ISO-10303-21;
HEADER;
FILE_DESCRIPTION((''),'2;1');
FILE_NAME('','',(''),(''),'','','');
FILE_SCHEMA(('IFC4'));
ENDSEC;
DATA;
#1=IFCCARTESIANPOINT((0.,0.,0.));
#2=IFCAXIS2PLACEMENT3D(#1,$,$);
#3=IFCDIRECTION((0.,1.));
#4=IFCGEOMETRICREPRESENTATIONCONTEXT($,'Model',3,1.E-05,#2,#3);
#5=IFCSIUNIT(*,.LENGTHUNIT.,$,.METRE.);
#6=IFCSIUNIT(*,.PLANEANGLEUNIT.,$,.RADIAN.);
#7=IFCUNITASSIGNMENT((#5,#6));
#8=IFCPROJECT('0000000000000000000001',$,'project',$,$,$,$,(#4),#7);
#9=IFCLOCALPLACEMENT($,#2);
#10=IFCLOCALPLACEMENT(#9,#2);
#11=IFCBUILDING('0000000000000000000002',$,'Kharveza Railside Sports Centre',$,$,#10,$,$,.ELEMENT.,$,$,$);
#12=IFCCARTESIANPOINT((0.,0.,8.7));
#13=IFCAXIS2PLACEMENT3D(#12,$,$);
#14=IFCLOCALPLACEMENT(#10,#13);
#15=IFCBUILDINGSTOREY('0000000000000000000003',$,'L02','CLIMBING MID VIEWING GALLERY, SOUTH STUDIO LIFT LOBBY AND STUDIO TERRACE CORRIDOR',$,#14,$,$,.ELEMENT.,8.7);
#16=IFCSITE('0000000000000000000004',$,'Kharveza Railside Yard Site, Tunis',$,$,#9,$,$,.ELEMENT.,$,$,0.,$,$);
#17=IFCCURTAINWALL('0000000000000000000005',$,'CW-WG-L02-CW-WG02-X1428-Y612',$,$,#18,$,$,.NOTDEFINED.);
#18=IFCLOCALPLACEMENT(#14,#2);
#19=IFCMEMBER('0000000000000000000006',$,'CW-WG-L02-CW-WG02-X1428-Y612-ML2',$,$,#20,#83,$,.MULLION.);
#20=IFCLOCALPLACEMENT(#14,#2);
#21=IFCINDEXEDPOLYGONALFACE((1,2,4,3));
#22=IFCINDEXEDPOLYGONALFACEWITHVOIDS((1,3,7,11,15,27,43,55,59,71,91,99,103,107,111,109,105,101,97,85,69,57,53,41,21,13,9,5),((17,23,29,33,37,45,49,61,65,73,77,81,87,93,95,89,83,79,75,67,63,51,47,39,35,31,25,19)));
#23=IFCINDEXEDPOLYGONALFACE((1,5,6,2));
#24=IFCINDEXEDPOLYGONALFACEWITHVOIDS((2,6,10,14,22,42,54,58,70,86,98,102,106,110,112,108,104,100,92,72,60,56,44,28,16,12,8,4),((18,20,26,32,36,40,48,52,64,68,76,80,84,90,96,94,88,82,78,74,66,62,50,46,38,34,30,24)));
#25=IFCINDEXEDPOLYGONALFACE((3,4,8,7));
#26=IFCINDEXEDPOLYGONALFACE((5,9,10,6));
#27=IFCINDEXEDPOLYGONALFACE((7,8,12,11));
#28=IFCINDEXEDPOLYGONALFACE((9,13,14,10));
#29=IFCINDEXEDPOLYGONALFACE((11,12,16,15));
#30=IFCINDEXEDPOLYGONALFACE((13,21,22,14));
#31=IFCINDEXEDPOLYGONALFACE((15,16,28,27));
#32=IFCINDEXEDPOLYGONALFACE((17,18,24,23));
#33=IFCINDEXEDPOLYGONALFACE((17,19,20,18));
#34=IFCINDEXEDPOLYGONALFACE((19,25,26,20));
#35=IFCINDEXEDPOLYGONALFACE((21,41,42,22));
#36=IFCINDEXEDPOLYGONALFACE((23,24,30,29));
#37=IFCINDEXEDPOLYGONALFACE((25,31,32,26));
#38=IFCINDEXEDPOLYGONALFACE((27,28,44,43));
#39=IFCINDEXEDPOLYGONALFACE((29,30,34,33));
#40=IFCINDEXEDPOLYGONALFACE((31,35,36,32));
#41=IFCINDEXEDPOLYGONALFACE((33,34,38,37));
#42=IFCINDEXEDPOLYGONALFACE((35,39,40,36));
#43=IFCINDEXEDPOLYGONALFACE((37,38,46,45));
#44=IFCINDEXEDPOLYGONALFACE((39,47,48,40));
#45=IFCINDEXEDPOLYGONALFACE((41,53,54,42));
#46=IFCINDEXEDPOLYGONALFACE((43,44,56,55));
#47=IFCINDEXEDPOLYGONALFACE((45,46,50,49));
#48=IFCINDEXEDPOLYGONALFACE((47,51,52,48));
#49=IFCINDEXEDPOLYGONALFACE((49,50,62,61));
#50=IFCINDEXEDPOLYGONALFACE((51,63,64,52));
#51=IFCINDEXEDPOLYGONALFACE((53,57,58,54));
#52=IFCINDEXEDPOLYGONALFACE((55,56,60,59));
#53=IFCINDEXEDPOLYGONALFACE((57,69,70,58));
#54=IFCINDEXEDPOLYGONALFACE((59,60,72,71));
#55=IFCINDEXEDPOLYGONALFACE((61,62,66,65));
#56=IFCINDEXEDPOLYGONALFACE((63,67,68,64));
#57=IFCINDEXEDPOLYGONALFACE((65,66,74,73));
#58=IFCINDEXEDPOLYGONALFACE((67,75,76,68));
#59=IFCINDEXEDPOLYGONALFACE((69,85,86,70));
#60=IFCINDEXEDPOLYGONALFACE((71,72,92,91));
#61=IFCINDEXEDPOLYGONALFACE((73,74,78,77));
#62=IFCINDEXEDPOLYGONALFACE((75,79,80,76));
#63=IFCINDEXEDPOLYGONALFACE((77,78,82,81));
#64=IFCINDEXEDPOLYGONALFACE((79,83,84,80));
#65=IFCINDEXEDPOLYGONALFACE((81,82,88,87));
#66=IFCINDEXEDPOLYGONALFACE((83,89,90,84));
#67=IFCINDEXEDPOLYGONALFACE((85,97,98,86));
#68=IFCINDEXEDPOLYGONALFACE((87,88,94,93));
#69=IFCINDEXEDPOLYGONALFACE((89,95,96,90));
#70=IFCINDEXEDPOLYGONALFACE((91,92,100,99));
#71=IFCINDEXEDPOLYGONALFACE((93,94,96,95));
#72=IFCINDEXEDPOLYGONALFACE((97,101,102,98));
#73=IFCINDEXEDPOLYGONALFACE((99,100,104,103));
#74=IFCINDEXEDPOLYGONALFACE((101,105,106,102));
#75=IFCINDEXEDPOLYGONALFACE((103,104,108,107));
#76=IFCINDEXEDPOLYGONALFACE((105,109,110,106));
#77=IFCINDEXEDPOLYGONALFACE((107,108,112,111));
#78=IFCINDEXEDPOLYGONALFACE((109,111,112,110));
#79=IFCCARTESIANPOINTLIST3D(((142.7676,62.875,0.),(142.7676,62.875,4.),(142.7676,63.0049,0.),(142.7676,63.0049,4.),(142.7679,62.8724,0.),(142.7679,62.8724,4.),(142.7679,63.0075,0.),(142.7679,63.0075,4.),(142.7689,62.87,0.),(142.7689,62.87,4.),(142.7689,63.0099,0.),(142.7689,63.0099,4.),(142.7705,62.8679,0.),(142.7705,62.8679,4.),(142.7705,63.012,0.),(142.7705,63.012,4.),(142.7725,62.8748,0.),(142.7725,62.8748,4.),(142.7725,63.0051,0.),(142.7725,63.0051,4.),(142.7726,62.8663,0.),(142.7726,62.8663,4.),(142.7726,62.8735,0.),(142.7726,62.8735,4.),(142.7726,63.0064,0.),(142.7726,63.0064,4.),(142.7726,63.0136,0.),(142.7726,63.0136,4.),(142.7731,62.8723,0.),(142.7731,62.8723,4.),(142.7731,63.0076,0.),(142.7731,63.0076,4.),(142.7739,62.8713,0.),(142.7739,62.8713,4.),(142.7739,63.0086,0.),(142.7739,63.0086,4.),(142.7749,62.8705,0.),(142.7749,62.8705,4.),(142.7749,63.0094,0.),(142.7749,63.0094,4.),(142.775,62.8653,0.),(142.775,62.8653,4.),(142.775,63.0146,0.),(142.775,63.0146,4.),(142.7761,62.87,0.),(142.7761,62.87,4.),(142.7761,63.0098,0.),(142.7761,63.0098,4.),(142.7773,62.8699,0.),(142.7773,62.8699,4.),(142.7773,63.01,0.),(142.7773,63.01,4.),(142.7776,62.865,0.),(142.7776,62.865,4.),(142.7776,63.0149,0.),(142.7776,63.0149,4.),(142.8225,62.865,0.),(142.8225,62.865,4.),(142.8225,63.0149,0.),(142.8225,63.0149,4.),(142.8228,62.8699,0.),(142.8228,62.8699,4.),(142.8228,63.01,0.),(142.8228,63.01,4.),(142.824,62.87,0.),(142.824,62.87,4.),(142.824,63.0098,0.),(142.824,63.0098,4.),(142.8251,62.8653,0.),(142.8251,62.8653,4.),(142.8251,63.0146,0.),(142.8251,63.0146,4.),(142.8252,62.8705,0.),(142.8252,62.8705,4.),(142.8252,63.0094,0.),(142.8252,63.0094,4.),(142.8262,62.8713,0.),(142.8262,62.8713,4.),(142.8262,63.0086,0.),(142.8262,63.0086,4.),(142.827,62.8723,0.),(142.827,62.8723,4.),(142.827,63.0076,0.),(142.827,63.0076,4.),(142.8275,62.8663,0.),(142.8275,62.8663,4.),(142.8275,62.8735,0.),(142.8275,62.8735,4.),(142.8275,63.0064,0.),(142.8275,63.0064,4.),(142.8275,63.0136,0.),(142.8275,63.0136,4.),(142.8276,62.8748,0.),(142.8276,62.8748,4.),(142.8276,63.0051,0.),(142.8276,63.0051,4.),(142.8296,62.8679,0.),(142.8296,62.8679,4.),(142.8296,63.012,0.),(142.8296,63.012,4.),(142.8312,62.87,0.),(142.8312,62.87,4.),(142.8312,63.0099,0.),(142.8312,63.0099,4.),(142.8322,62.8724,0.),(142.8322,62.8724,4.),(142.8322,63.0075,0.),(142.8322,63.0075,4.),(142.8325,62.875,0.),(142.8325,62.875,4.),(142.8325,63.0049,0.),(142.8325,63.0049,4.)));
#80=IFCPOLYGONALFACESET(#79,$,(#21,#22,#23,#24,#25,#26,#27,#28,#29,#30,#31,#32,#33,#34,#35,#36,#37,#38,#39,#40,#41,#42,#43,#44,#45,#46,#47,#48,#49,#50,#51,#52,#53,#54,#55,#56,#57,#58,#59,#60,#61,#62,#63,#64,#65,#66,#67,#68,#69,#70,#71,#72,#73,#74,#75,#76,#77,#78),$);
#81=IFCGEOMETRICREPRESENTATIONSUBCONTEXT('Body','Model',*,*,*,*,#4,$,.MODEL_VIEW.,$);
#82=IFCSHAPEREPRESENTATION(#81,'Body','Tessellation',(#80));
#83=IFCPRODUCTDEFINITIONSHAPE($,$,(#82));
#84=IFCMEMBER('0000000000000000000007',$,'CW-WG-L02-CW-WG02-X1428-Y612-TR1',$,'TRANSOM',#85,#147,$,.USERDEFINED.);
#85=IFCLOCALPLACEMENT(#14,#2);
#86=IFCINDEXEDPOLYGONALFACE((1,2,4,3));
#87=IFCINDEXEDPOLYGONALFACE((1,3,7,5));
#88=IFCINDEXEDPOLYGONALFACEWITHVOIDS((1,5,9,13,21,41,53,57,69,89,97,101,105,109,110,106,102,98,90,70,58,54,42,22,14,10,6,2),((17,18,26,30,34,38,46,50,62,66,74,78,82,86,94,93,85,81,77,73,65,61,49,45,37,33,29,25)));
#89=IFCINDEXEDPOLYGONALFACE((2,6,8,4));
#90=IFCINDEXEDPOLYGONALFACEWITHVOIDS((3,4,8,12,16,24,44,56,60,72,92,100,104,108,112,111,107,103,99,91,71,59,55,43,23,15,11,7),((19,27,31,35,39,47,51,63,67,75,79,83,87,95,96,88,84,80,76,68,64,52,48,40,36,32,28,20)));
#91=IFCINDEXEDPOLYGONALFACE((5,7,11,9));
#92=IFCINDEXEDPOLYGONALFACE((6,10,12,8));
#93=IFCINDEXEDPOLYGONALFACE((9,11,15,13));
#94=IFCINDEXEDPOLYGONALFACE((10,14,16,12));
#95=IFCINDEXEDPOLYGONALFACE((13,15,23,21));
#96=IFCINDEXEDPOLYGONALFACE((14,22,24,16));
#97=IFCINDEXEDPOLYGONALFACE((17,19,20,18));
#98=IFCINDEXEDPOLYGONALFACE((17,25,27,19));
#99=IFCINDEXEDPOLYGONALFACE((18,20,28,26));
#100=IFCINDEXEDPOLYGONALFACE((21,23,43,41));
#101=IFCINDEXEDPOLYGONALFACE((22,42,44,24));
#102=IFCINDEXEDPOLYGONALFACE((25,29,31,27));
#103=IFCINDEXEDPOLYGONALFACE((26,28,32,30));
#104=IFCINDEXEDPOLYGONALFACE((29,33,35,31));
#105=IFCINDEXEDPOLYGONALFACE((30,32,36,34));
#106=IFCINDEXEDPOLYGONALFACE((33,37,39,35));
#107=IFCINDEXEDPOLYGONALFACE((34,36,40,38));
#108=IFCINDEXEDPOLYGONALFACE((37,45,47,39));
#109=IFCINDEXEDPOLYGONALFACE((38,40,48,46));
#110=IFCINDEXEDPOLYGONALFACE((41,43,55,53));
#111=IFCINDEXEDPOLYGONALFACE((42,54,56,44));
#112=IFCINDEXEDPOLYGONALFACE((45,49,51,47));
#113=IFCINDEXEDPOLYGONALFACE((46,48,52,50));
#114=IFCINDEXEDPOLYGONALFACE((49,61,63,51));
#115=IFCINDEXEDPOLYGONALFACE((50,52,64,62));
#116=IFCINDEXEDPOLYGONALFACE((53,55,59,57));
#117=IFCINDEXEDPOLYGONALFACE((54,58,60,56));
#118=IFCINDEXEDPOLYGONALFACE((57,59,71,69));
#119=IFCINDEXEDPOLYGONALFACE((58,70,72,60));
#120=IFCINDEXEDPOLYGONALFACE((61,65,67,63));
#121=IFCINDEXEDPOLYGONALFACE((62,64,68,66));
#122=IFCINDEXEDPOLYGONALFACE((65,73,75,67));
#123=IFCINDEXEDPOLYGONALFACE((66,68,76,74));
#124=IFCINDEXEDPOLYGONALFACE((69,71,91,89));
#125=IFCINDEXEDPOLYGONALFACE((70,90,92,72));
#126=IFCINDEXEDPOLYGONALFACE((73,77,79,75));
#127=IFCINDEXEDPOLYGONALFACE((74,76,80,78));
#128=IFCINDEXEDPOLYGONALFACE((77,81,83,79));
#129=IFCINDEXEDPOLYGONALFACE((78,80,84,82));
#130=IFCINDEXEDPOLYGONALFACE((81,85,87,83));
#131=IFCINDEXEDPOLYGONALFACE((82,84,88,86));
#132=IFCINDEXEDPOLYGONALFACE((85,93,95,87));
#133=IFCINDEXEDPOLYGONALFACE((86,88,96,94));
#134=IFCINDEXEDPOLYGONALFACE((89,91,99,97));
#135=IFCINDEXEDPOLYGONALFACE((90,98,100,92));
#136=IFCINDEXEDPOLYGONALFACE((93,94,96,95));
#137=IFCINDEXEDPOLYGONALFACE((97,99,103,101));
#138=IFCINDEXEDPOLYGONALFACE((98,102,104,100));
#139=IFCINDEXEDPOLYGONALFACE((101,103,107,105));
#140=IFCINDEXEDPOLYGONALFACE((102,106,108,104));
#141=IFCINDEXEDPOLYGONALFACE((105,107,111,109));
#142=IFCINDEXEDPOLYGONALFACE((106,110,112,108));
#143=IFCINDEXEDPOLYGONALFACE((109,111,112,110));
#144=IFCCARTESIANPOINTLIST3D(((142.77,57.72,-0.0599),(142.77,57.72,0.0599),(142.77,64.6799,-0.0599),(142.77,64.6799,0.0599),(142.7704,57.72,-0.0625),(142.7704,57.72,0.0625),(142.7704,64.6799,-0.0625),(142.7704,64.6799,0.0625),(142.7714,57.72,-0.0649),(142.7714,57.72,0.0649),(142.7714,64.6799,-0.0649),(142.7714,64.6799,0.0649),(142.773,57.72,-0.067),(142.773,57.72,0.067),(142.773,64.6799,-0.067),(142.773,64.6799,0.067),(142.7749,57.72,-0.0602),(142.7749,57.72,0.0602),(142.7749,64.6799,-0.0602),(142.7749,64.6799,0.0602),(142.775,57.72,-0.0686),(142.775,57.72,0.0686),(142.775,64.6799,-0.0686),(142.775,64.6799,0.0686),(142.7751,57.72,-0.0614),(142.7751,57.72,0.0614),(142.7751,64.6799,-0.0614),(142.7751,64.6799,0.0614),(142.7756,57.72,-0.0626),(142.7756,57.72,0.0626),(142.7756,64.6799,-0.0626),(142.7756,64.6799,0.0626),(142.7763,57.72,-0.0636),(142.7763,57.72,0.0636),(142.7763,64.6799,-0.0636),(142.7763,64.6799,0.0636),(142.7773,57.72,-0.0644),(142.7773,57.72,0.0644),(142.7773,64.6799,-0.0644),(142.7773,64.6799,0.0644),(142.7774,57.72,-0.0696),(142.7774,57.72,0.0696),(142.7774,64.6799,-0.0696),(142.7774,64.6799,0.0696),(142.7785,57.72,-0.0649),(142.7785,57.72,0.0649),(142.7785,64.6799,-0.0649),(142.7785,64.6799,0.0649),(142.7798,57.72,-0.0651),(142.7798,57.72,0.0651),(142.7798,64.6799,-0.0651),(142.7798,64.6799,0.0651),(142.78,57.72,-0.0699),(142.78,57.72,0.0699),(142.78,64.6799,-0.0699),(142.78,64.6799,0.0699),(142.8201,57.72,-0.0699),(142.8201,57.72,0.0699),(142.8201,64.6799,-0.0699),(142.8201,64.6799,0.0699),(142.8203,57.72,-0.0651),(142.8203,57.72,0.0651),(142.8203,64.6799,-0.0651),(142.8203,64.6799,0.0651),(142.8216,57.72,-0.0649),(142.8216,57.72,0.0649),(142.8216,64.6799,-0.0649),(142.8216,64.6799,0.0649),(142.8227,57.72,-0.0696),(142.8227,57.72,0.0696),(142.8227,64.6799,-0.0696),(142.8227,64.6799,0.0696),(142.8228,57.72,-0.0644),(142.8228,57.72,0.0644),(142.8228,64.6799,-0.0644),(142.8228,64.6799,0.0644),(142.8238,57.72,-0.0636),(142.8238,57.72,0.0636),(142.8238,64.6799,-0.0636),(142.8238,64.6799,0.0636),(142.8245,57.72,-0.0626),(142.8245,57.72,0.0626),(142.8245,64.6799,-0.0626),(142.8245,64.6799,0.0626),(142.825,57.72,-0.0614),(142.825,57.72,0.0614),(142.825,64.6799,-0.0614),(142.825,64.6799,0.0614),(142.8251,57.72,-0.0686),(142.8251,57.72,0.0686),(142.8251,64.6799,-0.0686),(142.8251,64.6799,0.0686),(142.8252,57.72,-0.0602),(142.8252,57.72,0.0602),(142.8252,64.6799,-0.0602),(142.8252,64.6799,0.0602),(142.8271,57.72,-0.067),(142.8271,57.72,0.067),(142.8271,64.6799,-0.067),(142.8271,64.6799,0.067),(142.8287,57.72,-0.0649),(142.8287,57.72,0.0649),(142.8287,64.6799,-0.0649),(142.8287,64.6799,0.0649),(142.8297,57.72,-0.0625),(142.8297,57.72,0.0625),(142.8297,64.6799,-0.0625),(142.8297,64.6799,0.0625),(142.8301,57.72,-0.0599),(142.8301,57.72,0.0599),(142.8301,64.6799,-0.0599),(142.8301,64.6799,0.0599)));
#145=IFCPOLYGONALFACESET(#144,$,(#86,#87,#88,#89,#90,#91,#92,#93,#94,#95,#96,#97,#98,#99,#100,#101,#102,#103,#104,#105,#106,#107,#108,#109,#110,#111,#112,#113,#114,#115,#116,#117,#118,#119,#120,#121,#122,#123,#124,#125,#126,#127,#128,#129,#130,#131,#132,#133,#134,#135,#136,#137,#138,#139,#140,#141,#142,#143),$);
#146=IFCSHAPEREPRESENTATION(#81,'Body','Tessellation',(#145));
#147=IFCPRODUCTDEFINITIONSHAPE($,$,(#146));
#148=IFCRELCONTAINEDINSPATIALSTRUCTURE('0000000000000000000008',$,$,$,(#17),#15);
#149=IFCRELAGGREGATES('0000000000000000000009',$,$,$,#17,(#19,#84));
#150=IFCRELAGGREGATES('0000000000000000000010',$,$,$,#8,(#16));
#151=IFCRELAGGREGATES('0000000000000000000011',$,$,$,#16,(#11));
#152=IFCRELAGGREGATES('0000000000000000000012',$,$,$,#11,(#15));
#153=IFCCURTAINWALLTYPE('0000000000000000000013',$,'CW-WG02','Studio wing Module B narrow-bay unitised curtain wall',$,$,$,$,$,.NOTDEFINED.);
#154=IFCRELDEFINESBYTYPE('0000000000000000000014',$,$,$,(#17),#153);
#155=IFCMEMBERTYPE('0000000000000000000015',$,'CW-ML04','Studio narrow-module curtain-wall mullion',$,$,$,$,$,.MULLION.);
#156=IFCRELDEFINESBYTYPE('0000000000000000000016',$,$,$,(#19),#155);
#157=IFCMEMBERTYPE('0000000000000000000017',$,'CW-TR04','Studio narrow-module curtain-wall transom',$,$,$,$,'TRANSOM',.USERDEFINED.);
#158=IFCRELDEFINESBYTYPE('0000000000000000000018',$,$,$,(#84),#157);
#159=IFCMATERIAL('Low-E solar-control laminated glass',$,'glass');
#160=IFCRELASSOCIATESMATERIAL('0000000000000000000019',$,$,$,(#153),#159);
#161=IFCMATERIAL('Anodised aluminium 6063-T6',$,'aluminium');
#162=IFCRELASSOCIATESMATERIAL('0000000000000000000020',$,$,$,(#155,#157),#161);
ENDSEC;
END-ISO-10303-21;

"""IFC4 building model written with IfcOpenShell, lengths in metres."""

from ifc_helpers import new_model, si_unit, direction, frame, origin, origin_2d, place, context, subcontext, project, spatial, hollow_rectangle, extrude, material, material_profile, profile_set, type_object, element, aggregate, save


model = new_model("IFC4")

# Units and contexts
model_context = context("Model", 3, precision=1e-05, world=origin(), true_north=direction((0.0, 1.0)))
body_context = subcontext(model_context, "Body", "Model", "MODEL_VIEW")
ifc_project = project(units=[si_unit("LENGTHUNIT", "METRE"), si_unit("PLANEANGLEUNIT", "RADIAN")], contexts=[model_context])

# Site, building, storey
site_placement = place(None, origin())
site = spatial("IfcSite", under=ifc_project, at=site_placement, Name="Kharveza Railside Yard Site, Tunis", CompositionType="ELEMENT", RefElevation=0.0)
building_placement = place(site_placement, origin())
building = spatial("IfcBuilding", under=site, at=building_placement, Name="Kharveza Railside Sports Centre", CompositionType="ELEMENT")
storey_placement = place(building_placement, frame((0.0, 0.0, 8.7)))
storey = spatial("IfcBuildingStorey", under=building, at=storey_placement, Name="L02", Description="CLIMBING MID VIEWING GALLERY, SOUTH STUDIO LIFT LOBBY AND STUDIO TERRACE CORRIDOR", CompositionType="ELEMENT", Elevation=8.7)

# Shared definitions
ifc_material_1 = material(Name="Low-E solar-control laminated glass", Category="glass")
curtain_wall_type = type_object("IfcCurtainWallType", Name="CW-WG02", Description="Studio wing Module B narrow-bay unitised curtain wall", PredefinedType="NOTDEFINED", material=ifc_material_1)
ifc_material_2 = material(Name="Anodised aluminium 6063-T6", Category="aluminium")
ifc_material_profile_1 = material_profile(ifc_material_2, hollow_rectangle(XDim=0.0649, YDim=0.1499, WallThickness=0.0049, InnerFilletRadius=0.0049, OuterFilletRadius=0.01, at=origin_2d()), Name="RHS 65x150x5.0")
ifc_profile_set_1 = profile_set([ifc_material_profile_1], Name="Anodised aluminium 6063-T6")
member_type_1 = type_object("IfcMemberType", Name="CW-ML04", Description="Studio narrow-module curtain-wall mullion", PredefinedType="MULLION", material=ifc_profile_set_1)

# Curtain wall, members
curtain_wall_1_placement = place(storey_placement, origin())
curtain_wall_1 = element("IfcCurtainWall", 1, at=curtain_wall_1_placement, inside=storey, type_object=curtain_wall_type, Name="CW-WG-L02-CW-WG02-X1428-Y612", PredefinedType="NOTDEFINED")
member_1_placement = place(storey_placement, frame((142.8, 62.9399, 0.0), z_axis=(0.0, 0.0, 1.0), x_axis=(1.0, 0.0, 0.0)))
member_1 = element("IfcMember", 2, at=member_1_placement, type_object=member_type_1, Name="CW-WG-L02-CW-WG02-X1428-Y612-ML2", PredefinedType="MULLION", context=body_context, shape_type="SweptSolid", body=[
    extrude(hollow_rectangle(XDim=0.0649, YDim=0.1499, WallThickness=0.0049, InnerFilletRadius=0.0049, OuterFilletRadius=0.01, at=origin_2d()), origin(), (0.0, 0.0, 1.0), 4.0),
])
ifc_material_profile_2 = material_profile(ifc_material_2, hollow_rectangle(XDim=0.0601, YDim=0.1399, WallThickness=0.0049, InnerFilletRadius=0.0049, OuterFilletRadius=0.01, at=origin_2d()), Name="RHS 60x140x5.0")
ifc_profile_set_2 = profile_set([ifc_material_profile_2], Name="Anodised aluminium 6063-T6")
member_type_2 = type_object("IfcMemberType", Name="CW-TR04", Description="Studio narrow-module curtain-wall transom", ElementType="TRANSOM", PredefinedType="USERDEFINED", material=ifc_profile_set_2)
member_2_placement = place(storey_placement, frame((142.8, 64.6799, 0.0), z_axis=(0.0, -1.0, 0.0), x_axis=(1.0, 0.0, 0.0)))
member_2 = element("IfcMember", 3, at=member_2_placement, type_object=member_type_2, Name="CW-WG-L02-CW-WG02-X1428-Y612-TR1", ObjectType="TRANSOM", PredefinedType="USERDEFINED", context=body_context, shape_type="SweptSolid", body=[
    extrude(hollow_rectangle(XDim=0.0601, YDim=0.1399, WallThickness=0.0049, InnerFilletRadius=0.0049, OuterFilletRadius=0.01, at=origin_2d()), origin(), (0.0, 0.0, 1.0), 6.96),
])

aggregate(curtain_wall_1, [member_1, member_2])

save(model, "model.ifc")
